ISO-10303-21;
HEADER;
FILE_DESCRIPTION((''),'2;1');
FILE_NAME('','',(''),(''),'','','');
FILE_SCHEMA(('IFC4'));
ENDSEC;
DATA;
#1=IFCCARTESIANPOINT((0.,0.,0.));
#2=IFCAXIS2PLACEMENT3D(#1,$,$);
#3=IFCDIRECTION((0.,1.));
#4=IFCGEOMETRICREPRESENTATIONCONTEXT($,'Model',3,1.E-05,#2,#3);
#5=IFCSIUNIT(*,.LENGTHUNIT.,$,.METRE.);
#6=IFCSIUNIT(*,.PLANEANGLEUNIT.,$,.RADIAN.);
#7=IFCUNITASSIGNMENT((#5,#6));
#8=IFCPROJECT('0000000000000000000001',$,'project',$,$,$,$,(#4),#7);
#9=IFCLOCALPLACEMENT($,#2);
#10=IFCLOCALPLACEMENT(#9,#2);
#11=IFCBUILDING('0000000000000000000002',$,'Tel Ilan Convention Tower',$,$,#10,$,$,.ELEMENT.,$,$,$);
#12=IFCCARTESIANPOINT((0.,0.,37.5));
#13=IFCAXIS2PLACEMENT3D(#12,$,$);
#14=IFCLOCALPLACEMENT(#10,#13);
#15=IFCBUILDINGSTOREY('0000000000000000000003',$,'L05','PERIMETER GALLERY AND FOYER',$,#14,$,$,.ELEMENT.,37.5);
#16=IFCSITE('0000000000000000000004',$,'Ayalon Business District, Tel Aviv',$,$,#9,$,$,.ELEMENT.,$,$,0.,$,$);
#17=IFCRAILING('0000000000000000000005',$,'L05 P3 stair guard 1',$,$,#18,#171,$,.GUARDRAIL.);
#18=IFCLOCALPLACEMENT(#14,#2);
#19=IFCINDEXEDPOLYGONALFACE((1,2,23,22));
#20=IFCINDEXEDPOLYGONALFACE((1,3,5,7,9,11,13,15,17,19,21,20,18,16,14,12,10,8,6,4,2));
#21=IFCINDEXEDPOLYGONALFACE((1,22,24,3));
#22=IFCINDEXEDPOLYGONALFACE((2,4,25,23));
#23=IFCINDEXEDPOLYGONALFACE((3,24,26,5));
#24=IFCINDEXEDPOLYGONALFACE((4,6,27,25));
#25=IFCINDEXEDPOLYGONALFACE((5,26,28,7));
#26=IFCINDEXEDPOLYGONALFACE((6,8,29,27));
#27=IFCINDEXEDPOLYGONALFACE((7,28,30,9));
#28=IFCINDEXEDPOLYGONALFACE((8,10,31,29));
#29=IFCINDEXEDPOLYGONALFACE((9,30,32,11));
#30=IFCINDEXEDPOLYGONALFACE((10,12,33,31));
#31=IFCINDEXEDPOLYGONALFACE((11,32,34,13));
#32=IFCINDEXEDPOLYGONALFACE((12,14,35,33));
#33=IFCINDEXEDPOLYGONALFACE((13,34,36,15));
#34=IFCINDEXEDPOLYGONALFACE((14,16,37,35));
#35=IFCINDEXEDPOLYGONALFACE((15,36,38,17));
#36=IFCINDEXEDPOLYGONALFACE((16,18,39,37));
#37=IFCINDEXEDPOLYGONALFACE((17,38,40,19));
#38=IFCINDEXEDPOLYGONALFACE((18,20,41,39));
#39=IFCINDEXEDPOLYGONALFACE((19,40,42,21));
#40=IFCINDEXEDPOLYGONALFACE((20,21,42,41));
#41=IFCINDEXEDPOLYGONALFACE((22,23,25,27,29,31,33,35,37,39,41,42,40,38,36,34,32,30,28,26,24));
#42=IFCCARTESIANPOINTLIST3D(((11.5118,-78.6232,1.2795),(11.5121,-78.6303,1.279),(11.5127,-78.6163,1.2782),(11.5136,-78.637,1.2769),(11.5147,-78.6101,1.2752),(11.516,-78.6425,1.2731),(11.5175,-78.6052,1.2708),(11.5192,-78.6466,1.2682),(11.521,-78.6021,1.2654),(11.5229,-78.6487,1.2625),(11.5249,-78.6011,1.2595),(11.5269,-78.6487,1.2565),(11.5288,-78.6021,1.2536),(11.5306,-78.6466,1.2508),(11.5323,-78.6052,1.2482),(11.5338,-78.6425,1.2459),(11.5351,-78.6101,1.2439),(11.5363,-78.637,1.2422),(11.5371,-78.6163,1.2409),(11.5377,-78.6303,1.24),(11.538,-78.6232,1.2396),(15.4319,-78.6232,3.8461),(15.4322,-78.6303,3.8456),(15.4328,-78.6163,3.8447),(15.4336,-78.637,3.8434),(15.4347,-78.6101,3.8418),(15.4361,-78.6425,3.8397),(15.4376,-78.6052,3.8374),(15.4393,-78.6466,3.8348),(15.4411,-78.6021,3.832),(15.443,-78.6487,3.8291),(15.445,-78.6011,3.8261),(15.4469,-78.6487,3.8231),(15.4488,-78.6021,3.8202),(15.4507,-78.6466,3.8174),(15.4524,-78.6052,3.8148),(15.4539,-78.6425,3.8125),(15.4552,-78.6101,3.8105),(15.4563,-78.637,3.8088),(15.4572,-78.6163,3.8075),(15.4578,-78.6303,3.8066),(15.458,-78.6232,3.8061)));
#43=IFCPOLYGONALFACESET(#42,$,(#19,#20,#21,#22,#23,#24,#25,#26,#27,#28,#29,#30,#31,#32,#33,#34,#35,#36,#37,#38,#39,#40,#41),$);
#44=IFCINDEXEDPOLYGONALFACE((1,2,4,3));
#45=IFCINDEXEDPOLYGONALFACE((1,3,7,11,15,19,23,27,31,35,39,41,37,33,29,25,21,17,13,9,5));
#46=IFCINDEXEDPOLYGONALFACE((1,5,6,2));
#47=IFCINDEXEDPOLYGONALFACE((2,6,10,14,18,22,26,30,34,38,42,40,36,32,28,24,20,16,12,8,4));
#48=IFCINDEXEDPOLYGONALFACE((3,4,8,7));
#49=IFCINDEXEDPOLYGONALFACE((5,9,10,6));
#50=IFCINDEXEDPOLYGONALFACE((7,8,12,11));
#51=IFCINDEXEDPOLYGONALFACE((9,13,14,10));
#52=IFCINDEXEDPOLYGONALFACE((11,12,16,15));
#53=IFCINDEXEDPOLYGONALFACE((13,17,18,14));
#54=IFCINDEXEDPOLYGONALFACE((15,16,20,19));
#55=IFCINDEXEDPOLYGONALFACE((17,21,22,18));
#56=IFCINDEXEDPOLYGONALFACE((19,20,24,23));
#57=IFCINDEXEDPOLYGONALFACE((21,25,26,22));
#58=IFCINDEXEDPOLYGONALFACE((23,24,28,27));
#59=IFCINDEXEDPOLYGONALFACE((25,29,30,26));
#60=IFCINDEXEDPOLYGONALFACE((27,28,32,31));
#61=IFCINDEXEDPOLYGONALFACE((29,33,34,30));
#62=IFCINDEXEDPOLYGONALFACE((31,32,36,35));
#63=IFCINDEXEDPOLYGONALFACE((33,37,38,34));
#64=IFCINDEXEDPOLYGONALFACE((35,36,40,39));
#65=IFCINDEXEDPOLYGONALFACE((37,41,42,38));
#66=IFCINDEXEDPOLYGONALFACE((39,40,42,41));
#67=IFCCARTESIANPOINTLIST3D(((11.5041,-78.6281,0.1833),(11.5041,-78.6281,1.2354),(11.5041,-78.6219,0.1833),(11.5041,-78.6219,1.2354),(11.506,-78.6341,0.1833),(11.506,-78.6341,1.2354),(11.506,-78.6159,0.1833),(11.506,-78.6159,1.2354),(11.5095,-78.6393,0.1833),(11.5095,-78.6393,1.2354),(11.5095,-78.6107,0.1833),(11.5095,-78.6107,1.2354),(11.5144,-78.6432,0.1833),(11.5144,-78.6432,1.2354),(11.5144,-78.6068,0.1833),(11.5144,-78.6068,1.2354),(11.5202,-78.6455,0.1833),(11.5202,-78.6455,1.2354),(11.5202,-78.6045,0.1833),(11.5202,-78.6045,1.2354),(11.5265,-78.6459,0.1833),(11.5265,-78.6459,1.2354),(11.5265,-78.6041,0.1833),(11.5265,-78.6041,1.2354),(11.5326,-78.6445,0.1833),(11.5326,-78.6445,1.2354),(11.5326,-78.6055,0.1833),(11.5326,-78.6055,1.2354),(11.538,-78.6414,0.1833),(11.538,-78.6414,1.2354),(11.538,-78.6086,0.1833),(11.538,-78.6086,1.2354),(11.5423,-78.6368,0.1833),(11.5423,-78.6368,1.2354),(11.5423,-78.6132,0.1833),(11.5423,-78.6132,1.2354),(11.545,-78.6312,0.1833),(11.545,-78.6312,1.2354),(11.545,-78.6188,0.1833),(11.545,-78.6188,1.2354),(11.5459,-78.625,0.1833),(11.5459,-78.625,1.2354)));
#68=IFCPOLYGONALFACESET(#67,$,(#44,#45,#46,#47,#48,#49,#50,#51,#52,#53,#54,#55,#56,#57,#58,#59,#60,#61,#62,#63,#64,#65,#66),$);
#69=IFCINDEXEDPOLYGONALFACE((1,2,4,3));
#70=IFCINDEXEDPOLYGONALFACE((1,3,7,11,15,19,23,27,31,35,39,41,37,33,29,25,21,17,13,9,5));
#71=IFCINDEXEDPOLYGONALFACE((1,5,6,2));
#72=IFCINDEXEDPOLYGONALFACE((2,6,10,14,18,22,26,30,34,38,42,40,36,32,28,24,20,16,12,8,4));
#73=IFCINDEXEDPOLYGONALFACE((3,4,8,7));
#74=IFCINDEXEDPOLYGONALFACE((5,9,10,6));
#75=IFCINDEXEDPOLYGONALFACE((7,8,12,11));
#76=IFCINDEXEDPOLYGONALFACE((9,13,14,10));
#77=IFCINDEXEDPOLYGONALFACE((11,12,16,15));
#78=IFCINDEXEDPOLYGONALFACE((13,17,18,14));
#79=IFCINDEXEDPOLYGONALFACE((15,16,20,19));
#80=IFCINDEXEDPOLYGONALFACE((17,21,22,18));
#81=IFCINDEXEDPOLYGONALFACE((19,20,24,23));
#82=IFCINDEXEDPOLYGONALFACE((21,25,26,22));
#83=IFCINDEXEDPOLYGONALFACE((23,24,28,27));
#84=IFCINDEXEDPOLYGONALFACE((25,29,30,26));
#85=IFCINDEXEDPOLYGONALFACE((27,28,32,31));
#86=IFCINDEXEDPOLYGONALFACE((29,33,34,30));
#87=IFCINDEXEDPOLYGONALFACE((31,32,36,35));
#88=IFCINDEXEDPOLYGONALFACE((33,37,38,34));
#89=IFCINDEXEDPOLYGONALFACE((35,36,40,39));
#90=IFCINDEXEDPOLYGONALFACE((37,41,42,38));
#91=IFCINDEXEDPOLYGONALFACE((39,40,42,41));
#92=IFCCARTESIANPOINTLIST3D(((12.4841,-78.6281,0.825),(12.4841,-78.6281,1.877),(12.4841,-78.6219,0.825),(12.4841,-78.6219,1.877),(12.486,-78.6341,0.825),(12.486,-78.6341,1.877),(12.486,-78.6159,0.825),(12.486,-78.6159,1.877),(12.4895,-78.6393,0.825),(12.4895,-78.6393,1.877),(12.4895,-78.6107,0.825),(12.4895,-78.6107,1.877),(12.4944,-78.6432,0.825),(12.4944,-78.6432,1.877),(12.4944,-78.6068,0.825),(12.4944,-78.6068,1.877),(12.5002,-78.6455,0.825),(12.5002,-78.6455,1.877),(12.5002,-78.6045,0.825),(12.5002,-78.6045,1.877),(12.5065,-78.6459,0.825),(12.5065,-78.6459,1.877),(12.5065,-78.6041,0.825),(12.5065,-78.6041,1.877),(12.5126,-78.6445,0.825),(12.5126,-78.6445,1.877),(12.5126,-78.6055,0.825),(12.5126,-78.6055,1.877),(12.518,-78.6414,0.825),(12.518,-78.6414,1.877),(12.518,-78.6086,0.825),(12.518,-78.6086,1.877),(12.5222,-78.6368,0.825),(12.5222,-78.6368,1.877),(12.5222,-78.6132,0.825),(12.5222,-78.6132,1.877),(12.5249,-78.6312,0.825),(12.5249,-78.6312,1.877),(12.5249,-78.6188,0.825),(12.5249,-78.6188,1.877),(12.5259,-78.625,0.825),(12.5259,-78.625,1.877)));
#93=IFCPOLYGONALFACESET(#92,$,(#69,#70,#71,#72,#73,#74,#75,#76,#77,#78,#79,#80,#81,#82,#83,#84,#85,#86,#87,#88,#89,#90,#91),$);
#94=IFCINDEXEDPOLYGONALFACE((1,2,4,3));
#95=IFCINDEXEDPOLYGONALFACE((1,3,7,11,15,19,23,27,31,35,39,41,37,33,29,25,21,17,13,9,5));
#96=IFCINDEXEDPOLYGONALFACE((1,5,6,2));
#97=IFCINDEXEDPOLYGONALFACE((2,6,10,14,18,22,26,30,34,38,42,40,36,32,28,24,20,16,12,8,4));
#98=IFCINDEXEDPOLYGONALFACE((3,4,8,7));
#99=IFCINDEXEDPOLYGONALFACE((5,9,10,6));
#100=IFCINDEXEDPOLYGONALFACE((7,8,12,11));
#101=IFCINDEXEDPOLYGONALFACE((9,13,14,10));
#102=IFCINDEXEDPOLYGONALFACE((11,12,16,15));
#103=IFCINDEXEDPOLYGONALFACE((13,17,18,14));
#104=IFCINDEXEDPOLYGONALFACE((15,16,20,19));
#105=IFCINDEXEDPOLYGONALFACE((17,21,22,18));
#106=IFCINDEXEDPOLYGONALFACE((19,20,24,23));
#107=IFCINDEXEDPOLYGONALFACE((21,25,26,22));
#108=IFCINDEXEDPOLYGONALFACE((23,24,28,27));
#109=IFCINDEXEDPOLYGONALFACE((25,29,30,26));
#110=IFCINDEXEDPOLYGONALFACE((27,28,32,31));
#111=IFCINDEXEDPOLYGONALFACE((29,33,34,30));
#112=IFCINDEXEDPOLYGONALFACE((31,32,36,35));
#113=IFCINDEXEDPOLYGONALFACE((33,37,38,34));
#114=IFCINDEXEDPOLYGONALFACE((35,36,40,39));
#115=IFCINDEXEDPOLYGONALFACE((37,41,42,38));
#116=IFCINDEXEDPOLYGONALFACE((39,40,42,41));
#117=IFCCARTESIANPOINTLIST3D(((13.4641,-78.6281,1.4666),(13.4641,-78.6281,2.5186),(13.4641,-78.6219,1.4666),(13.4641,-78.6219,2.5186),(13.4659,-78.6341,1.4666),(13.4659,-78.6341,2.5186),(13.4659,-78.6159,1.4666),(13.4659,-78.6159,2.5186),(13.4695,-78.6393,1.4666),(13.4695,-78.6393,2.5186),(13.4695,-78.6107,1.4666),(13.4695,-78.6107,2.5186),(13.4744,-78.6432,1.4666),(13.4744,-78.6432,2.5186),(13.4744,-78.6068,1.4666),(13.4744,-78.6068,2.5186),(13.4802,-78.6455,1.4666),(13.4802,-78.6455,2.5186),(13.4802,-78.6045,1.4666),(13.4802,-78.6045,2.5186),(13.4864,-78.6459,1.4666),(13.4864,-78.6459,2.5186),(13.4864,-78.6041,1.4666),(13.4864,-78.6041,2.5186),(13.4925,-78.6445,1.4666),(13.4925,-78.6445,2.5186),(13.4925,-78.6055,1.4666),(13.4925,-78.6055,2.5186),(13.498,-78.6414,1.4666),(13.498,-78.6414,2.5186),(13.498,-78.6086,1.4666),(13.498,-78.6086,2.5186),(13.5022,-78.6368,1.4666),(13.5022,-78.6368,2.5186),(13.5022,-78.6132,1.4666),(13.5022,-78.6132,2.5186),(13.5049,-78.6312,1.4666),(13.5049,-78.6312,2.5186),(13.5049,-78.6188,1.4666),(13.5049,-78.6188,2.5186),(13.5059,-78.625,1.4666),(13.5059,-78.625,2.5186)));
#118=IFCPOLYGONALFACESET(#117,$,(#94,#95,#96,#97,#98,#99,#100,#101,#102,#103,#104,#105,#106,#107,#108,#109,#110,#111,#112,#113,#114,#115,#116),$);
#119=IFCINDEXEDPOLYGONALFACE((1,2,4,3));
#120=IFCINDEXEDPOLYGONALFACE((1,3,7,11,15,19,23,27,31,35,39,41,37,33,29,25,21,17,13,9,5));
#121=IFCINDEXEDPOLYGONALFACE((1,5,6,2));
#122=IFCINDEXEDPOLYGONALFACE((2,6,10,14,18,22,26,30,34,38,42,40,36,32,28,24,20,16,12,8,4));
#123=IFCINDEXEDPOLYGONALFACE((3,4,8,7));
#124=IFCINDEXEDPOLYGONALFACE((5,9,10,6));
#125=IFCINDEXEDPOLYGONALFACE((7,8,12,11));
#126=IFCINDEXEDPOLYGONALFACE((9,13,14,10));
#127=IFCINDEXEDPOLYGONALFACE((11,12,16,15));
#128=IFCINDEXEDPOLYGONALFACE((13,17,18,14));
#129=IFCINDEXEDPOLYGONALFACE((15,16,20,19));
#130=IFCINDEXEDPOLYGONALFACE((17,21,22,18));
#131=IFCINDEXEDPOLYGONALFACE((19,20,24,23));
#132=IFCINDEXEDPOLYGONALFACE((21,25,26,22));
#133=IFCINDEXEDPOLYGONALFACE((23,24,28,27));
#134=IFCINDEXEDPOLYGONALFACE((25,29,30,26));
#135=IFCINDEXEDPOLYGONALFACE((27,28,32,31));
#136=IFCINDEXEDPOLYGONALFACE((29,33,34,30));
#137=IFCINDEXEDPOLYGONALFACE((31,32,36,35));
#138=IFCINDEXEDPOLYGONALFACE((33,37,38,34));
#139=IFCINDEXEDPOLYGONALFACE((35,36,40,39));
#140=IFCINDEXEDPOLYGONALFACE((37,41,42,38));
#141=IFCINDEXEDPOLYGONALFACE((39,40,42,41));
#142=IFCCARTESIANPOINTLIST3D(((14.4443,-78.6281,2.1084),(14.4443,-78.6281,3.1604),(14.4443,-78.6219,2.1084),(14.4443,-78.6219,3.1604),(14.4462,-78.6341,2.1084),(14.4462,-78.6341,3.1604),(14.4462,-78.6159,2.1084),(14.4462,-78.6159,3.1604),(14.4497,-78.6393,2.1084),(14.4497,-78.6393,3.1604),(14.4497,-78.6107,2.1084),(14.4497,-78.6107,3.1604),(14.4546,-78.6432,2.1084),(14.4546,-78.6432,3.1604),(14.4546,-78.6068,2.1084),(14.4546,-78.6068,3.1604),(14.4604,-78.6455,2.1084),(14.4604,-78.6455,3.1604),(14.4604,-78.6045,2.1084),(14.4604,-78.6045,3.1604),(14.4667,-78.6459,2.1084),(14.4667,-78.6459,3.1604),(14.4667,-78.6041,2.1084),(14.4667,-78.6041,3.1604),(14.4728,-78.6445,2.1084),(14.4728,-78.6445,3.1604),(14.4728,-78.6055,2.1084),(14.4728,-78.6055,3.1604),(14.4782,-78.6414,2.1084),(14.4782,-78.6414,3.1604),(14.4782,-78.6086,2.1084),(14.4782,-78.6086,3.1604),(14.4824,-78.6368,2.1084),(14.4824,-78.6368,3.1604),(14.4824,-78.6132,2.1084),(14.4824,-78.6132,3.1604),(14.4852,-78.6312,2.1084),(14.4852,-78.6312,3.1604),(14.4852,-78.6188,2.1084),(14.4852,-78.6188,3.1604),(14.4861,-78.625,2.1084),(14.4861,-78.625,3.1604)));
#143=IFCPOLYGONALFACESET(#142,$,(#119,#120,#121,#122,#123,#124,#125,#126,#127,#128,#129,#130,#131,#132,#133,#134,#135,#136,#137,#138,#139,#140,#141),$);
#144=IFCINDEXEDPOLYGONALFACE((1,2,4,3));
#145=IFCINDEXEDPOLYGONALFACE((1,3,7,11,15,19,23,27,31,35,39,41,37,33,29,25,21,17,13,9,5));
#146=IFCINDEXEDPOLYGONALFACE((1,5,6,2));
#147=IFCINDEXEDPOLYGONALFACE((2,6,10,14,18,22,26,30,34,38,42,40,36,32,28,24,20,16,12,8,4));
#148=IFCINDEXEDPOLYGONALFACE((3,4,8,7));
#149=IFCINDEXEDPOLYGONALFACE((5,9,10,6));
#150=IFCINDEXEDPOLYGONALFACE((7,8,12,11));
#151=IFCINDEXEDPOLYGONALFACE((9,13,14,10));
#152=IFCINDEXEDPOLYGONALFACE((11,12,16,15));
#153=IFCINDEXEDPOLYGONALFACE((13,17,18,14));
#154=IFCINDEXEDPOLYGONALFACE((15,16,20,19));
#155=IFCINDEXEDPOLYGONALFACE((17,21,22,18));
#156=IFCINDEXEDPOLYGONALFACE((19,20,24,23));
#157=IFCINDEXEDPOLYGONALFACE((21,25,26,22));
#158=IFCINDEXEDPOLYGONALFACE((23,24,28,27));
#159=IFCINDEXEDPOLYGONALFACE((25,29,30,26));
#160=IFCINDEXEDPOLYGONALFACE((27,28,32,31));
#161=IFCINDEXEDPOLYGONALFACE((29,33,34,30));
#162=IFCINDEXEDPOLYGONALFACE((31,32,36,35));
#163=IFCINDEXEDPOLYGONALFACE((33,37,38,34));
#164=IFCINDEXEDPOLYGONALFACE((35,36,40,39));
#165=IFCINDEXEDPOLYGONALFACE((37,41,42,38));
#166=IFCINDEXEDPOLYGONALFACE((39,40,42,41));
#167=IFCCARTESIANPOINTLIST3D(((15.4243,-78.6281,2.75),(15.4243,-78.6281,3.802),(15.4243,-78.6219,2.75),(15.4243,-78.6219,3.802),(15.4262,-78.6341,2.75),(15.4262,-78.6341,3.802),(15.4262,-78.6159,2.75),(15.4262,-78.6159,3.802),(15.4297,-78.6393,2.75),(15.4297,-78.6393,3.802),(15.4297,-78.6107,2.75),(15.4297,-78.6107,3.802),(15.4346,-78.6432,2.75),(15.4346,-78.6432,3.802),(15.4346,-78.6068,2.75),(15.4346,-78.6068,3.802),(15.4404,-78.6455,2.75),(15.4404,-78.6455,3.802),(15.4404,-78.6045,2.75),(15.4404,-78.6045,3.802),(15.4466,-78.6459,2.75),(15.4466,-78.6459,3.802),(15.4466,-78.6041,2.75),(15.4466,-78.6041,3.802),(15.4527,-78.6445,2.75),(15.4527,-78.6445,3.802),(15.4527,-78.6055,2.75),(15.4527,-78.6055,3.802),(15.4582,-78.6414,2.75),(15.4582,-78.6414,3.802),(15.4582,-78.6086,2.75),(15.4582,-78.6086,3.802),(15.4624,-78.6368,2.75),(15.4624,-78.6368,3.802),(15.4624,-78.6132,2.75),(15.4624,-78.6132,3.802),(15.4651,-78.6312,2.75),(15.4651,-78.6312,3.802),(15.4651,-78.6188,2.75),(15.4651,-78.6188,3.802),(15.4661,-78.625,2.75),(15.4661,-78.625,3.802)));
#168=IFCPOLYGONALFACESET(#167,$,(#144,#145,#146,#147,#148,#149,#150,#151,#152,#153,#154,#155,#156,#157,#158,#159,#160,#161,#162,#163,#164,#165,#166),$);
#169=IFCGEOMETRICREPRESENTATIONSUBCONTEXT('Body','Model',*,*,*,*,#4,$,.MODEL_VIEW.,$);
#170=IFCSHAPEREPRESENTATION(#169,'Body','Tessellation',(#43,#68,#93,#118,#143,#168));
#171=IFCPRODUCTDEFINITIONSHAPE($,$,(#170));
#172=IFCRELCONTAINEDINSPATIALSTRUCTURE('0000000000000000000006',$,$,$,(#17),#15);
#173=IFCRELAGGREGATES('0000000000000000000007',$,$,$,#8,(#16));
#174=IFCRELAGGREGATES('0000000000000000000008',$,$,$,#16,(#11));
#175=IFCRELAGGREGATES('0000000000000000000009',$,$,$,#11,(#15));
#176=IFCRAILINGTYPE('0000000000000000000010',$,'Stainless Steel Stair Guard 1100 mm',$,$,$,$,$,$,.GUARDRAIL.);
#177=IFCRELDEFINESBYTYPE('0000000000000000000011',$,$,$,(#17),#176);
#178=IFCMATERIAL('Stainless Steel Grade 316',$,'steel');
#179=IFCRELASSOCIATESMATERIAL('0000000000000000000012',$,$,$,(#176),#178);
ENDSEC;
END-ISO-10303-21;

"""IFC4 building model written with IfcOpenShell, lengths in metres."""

from ifc_helpers import new_model, si_unit, direction, frame, origin, origin_2d, place, context, subcontext, project, spatial, circle, extrude, material, type_object, element, save


model = new_model("IFC4")

# Units and contexts
model_context = context("Model", 3, precision=1e-05, world=origin(), true_north=direction((0.0, 1.0)))
body_context = subcontext(model_context, "Body", "Model", "MODEL_VIEW")
ifc_project = project(units=[si_unit("LENGTHUNIT", "METRE"), si_unit("PLANEANGLEUNIT", "RADIAN")], contexts=[model_context])

# Site, building, storey
site_placement = place(None, origin())
site = spatial("IfcSite", under=ifc_project, at=site_placement, Name="Ayalon Business District, Tel Aviv", CompositionType="ELEMENT", RefElevation=0.0)
building_placement = place(site_placement, origin())
building = spatial("IfcBuilding", under=site, at=building_placement, Name="Tel Ilan Convention Tower", CompositionType="ELEMENT")
storey_placement = place(building_placement, frame((0.0, 0.0, 37.5)))
storey = spatial("IfcBuildingStorey", under=building, at=storey_placement, Name="L05", Description="PERIMETER GALLERY AND FOYER", CompositionType="ELEMENT", Elevation=37.5)

# Railing
ifc_material_1 = material(Name="Stainless Steel Grade 316", Category="steel")
railing_type_1 = type_object("IfcRailingType", Name="Stainless Steel Stair Guard 1100 mm", PredefinedType="GUARDRAIL", material=ifc_material_1)
railing_1_placement = place(storey_placement, frame((11.5249, -78.625, 0.1833)))
element("IfcRailing", 1, at=railing_1_placement, inside=storey, type_object=railing_type_1, Name="L05 P3 stair guard 1", PredefinedType="GUARDRAIL", context=body_context, shape_type="SweptSolid", body=[
    extrude(circle(Radius=0.0239, at=origin_2d()), frame((0.0, 0.0, 1.0762), z_axis=(0.836631, 0.0, 0.547767), x_axis=(0.0, 1.0, 0.0)), (0.0, 0.0, 1.0), 4.6855),
    extrude(circle(Radius=0.021, at=origin_2d()), origin(), (0.0, 0.0, 1.0), 1.052),
    extrude(circle(Radius=0.021, at=origin_2d()), frame((0.98, 0.0, 0.6416)), (0.0, 0.0, 1.0), 1.052),
    extrude(circle(Radius=0.021, at=origin_2d()), frame((1.96, 0.0, 1.2832)), (0.0, 0.0, 1.0), 1.052),
    extrude(circle(Radius=0.021, at=origin_2d()), frame((2.9402, 0.0, 1.925)), (0.0, 0.0, 1.0), 1.052),
    extrude(circle(Radius=0.021, at=origin_2d()), frame((3.9202, 0.0, 2.5667)), (0.0, 0.0, 1.0), 1.052),
])

save(model, "model.ifc")
